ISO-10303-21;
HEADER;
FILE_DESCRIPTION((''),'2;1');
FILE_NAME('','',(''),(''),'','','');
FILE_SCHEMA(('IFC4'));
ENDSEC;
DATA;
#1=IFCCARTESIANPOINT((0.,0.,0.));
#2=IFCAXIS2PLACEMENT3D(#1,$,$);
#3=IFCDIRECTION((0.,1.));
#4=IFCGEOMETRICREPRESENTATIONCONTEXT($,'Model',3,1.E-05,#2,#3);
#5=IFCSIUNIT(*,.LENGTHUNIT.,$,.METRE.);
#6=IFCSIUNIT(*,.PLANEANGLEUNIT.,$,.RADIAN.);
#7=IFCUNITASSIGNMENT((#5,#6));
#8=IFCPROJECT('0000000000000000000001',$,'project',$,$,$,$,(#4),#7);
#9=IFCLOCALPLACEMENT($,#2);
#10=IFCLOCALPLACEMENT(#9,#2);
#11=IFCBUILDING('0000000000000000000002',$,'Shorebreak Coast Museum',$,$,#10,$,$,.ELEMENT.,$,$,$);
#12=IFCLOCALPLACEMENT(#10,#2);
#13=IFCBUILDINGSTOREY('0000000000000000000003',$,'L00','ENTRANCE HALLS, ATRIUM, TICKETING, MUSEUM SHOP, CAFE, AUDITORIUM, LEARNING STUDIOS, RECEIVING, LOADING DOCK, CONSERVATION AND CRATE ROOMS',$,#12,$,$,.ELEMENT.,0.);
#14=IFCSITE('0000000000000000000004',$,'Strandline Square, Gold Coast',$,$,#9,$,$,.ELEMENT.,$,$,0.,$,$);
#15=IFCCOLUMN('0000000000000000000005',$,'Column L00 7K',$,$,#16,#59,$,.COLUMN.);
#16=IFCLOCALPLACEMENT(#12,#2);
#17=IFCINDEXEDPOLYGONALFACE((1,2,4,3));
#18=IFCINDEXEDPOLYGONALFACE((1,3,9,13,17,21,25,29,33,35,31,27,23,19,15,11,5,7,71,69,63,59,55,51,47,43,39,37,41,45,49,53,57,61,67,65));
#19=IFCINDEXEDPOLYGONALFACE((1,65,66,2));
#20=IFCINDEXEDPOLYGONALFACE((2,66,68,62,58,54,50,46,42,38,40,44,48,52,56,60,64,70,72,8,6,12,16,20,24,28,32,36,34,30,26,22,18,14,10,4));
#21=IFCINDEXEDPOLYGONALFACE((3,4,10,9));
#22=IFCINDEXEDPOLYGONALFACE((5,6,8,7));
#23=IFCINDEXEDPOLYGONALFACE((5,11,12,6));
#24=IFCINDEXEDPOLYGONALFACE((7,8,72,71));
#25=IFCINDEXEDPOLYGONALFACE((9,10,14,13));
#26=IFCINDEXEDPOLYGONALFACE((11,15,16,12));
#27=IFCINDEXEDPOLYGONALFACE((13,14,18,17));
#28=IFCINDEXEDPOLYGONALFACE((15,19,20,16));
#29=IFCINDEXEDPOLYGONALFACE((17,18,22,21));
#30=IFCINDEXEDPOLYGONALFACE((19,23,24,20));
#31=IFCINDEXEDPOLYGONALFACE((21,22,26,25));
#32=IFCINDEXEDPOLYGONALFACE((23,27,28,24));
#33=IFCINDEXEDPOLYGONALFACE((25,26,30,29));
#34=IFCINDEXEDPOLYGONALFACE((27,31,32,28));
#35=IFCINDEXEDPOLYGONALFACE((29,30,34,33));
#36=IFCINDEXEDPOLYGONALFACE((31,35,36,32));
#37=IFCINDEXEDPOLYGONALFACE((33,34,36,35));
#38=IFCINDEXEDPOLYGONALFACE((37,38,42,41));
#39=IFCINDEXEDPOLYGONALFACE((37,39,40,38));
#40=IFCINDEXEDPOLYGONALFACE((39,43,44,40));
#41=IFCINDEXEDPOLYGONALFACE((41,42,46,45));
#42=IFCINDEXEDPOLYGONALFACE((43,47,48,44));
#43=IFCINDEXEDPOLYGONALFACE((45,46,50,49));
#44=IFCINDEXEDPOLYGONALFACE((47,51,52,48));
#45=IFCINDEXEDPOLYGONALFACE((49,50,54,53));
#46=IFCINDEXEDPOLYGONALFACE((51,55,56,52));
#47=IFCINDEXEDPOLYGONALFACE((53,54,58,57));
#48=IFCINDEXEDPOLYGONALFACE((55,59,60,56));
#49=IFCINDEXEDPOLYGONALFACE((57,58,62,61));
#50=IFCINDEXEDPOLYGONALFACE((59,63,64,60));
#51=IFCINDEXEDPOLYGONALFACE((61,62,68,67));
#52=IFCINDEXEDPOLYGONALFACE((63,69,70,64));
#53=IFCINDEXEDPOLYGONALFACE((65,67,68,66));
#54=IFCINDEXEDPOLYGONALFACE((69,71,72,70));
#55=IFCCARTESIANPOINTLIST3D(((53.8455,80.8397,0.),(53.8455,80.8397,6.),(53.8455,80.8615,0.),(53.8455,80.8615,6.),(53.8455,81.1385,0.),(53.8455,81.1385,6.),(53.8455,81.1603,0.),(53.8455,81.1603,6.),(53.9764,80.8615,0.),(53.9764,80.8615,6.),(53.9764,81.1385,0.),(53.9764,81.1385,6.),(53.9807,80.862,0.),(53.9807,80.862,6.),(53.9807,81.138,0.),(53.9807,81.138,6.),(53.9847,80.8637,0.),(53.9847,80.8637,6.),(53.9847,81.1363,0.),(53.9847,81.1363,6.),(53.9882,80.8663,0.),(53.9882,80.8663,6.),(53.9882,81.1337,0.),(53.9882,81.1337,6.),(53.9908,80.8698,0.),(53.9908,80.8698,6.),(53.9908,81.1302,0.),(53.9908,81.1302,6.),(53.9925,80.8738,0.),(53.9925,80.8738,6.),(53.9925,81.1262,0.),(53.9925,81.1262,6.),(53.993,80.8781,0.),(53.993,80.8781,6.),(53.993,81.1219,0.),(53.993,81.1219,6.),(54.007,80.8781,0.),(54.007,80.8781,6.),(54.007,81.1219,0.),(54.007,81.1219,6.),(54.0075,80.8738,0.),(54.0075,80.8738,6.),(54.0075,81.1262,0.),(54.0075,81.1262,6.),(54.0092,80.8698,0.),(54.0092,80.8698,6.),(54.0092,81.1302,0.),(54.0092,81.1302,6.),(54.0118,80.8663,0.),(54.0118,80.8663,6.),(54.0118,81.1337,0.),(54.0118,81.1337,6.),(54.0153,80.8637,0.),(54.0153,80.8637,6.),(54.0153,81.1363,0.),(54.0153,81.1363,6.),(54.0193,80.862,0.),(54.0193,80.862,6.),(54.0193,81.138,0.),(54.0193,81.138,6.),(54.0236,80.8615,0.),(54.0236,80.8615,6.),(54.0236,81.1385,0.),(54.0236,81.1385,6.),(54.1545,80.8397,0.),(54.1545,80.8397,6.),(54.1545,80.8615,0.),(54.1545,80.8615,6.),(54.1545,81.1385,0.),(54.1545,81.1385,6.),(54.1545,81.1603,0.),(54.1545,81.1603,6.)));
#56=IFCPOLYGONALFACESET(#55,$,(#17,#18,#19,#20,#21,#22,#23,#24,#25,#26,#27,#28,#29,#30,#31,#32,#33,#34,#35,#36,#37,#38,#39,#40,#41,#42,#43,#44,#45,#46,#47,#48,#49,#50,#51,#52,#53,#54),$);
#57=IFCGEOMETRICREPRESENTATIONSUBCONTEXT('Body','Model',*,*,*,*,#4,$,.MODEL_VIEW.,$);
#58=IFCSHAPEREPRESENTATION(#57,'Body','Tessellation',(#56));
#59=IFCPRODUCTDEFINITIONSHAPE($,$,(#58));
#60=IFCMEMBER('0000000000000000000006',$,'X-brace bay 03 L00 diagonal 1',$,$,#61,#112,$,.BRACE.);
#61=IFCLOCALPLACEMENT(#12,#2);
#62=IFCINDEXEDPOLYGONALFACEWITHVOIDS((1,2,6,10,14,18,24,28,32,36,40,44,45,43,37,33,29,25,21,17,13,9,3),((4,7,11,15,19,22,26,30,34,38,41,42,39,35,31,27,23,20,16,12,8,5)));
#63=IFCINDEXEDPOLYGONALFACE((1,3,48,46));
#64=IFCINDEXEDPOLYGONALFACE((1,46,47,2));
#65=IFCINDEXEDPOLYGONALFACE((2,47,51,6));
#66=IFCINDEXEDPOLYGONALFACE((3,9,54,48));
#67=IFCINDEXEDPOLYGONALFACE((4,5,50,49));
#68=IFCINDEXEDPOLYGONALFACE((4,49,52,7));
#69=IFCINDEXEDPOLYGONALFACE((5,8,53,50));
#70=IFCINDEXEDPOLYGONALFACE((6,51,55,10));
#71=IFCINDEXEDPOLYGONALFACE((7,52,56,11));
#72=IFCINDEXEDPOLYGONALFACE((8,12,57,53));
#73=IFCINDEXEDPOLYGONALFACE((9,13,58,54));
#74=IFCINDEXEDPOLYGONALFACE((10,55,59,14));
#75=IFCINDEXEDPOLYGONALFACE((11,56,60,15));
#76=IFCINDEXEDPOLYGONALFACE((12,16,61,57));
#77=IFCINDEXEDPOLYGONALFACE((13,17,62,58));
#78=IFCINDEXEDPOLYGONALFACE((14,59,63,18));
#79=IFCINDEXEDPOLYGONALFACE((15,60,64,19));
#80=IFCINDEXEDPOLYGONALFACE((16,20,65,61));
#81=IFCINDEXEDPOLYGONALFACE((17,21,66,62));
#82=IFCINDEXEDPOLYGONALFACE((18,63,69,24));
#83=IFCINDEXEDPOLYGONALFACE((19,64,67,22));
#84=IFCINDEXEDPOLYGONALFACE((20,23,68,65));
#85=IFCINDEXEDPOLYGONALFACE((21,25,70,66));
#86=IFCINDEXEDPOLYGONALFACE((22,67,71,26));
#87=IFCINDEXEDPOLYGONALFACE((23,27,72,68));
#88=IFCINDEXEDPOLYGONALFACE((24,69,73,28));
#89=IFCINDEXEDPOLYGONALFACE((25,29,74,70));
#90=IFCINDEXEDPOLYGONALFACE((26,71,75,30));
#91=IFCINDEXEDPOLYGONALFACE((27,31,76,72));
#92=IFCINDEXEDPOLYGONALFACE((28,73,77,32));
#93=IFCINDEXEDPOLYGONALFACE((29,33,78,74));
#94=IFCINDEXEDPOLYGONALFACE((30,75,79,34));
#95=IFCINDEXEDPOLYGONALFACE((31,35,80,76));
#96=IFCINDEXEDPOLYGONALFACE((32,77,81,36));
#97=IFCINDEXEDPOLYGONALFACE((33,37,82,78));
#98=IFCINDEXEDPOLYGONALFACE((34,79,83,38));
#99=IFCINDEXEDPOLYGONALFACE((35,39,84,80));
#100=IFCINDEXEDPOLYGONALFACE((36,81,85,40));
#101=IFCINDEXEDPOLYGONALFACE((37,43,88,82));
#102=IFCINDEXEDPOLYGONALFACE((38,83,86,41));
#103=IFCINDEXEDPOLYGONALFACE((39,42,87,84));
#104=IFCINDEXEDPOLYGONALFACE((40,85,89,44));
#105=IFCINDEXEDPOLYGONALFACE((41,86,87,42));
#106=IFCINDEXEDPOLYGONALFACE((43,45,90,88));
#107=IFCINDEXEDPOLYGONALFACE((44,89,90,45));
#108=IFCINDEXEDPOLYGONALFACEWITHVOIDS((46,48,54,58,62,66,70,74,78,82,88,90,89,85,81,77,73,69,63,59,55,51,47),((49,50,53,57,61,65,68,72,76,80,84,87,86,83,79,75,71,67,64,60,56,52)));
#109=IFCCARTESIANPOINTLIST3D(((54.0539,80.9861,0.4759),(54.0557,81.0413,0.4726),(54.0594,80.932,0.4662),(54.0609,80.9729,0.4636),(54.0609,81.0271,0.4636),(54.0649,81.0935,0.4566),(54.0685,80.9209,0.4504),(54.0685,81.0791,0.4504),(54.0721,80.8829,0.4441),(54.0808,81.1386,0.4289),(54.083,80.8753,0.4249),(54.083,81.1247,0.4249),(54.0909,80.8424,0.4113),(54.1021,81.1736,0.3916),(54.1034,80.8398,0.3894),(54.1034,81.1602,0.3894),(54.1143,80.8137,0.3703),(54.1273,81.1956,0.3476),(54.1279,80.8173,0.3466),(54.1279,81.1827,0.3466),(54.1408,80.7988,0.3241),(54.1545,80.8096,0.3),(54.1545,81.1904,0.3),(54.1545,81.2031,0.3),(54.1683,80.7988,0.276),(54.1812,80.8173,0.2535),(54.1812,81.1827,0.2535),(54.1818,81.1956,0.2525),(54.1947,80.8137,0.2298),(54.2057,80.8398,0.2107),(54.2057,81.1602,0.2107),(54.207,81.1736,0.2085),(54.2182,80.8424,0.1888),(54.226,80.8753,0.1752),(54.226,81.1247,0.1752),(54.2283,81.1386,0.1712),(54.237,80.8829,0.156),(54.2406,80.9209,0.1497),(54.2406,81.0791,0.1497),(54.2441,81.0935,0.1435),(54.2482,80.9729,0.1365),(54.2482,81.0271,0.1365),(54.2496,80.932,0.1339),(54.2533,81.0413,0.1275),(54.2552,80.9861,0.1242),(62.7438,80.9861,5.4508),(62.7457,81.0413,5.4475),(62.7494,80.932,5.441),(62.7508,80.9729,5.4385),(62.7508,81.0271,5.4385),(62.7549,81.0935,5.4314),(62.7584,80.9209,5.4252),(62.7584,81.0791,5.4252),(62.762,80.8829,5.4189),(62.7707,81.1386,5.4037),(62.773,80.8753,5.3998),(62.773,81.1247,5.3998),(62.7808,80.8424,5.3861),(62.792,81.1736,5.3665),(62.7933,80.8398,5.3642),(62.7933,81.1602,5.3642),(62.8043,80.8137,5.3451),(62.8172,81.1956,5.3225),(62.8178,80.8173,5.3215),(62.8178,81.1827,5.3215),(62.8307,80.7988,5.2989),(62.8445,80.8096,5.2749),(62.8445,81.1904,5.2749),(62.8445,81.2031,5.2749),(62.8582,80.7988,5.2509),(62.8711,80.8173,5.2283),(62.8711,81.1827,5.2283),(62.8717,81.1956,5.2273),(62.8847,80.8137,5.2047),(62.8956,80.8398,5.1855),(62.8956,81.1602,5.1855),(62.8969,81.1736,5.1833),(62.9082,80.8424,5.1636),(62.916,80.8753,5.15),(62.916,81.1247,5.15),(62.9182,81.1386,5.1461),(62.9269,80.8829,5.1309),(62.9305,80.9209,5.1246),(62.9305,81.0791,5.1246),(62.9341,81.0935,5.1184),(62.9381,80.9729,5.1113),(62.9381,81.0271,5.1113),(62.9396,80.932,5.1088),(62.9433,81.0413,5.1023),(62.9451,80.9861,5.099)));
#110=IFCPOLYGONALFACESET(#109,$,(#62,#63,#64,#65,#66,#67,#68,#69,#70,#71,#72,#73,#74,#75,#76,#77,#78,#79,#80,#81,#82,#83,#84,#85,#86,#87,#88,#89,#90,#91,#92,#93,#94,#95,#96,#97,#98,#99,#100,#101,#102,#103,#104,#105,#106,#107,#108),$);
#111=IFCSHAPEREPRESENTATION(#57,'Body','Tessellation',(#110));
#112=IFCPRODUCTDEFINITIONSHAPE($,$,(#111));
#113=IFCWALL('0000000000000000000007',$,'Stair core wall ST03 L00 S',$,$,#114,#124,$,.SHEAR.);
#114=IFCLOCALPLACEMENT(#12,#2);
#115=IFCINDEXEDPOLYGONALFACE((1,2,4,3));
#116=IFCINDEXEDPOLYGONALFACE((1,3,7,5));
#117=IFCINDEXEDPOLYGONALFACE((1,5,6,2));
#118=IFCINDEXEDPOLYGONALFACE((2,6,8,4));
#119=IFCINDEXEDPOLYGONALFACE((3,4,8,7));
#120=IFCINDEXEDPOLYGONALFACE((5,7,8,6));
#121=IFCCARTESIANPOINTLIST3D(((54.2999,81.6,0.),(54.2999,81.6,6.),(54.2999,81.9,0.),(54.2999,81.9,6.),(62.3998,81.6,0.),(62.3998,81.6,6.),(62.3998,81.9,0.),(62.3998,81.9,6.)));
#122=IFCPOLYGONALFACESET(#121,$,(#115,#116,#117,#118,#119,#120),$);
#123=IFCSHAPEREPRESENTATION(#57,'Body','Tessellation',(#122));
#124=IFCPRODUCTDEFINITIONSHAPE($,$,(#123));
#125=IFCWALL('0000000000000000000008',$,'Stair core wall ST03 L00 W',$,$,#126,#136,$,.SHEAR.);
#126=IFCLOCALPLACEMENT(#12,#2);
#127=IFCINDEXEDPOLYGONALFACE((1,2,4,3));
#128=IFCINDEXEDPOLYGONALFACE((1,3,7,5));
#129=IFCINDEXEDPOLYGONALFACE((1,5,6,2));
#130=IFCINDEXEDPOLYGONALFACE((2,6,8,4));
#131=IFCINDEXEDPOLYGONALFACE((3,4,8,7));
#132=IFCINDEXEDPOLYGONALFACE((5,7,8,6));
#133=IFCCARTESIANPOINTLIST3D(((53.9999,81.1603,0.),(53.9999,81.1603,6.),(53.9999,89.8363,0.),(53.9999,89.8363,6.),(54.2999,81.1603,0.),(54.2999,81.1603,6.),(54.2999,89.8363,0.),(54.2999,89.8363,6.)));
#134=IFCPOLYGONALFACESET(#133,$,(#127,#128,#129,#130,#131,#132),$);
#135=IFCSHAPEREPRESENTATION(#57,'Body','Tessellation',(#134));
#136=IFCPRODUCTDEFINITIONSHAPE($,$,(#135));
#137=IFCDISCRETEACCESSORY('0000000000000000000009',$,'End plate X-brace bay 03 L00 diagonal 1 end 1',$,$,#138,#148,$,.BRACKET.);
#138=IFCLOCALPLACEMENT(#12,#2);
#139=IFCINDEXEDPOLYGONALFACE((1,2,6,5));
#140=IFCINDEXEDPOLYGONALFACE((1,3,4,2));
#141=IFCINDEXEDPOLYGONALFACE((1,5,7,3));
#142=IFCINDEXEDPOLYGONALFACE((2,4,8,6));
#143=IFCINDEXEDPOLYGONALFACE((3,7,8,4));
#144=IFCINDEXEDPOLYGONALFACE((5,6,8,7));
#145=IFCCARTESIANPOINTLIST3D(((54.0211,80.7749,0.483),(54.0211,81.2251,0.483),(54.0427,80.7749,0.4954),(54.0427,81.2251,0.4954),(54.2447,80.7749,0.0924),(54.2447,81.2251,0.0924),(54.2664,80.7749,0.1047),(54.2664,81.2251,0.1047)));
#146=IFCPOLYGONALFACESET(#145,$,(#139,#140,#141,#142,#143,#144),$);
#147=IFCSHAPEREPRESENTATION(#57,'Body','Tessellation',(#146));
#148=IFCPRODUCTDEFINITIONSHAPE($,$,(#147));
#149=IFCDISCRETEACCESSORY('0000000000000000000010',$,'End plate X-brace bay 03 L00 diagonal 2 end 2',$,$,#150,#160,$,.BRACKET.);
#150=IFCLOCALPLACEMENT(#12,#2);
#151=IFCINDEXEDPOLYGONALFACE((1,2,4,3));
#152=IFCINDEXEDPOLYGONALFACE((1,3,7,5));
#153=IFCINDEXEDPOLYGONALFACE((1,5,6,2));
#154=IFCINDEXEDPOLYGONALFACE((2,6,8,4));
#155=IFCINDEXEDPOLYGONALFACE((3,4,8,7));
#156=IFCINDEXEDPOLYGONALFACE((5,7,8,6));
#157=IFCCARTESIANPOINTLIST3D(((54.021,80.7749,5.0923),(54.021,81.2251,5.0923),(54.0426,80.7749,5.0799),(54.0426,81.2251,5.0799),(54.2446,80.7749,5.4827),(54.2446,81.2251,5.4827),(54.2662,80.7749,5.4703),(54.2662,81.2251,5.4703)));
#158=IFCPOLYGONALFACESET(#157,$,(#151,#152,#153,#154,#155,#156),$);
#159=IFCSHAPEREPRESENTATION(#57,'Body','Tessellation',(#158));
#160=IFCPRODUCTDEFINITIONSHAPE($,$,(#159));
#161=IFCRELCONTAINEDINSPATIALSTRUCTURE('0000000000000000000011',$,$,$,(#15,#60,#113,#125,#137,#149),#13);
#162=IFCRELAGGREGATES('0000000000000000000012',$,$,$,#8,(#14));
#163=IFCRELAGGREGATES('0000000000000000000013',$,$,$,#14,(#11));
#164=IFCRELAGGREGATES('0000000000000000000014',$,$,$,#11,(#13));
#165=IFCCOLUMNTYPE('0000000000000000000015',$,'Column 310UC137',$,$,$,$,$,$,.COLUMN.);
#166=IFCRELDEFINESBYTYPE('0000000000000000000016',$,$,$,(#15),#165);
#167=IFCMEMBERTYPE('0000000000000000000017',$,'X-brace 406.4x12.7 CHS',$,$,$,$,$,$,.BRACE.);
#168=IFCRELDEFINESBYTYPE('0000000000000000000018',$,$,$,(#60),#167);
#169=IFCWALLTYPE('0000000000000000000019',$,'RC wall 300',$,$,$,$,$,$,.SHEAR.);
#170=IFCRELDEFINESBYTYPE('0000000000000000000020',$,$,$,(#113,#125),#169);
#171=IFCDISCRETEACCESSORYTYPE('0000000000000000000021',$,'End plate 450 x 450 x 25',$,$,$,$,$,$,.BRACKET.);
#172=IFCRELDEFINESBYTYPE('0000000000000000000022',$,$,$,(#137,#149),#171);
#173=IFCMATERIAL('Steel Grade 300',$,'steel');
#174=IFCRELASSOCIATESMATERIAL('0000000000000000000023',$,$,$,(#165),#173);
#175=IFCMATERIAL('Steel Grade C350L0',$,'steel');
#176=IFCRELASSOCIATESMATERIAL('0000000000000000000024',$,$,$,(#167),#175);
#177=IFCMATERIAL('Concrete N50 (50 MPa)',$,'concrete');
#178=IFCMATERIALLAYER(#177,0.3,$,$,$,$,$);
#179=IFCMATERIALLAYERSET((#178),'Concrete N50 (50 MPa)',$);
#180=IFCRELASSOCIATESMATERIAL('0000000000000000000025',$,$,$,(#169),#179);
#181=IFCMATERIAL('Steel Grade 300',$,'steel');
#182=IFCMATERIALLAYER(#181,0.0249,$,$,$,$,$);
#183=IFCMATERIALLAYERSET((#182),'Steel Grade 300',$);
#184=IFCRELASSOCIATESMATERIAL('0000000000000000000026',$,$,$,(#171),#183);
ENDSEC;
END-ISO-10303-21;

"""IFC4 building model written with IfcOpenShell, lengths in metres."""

from ifc_helpers import new_model, si_unit, direction, frame, frame_2d, origin, origin_2d, place, context, subcontext, project, spatial, polyline, rectangle, hollow_circle, i_section, outline, extrude, material, layer, layer_set, material_profile, profile_set, type_object, element, save


model = new_model("IFC4")

# Units and contexts
model_context = context("Model", 3, precision=1e-05, world=origin(), true_north=direction((0.0, 1.0)))
body_context = subcontext(model_context, "Body", "Model", "MODEL_VIEW")
ifc_project = project(units=[si_unit("LENGTHUNIT", "METRE"), si_unit("PLANEANGLEUNIT", "RADIAN")], contexts=[model_context])

# Site, building, storey
site_placement = place(None, origin())
site = spatial("IfcSite", under=ifc_project, at=site_placement, Name="Strandline Square, Gold Coast", CompositionType="ELEMENT", RefElevation=0.0)
building_placement = place(site_placement, origin())
building = spatial("IfcBuilding", under=site, at=building_placement, Name="Shorebreak Coast Museum", CompositionType="ELEMENT")
storey_placement = place(building_placement, origin())
storey = spatial("IfcBuildingStorey", under=building, at=storey_placement, Name="L00", Description="ENTRANCE HALLS, ATRIUM, TICKETING, MUSEUM SHOP, CAFE, AUDITORIUM, LEARNING STUDIOS, RECEIVING, LOADING DOCK, CONSERVATION AND CRATE ROOMS", CompositionType="ELEMENT", Elevation=0.0)

# Column
ifc_material_1 = material(Name="Steel Grade 300", Category="steel")
ifc_material_profile_1 = material_profile(ifc_material_1, i_section(OverallWidth=0.3091, OverallDepth=0.3206, WebThickness=0.0139, FlangeThickness=0.0217, FilletRadius=0.0166, at=origin_2d()), Name="310UC137")
ifc_profile_set_1 = profile_set([ifc_material_profile_1], Name="Steel Grade 300")
column_type = type_object("IfcColumnType", Name="Column 310UC137", PredefinedType="COLUMN", material=ifc_profile_set_1)
for number, where, z_axis, x_axis, name in (
    (1, (54.0, 81.0, 0.0), (0.0, 0.0, 1.0), (1.0, 0.0, 0.0), "Column L00 7K"),
):
    element("IfcColumn", number, at=place(storey_placement, frame(where, z_axis=z_axis, x_axis=x_axis)), inside=storey, type_object=column_type, Name=name, PredefinedType="COLUMN", context=body_context, shape_type="SweptSolid", body=[
        extrude(i_section(OverallWidth=0.3091, OverallDepth=0.3206, WebThickness=0.0139, FlangeThickness=0.0217, FilletRadius=0.0166, at=origin_2d()), origin(), (0.0, 0.0, 1.0), 6.0),
    ])

# Member
ifc_material_2 = material(Name="Steel Grade C350L0", Category="steel")
ifc_material_profile_2 = material_profile(ifc_material_2, hollow_circle(Radius=0.2031, WallThickness=0.0127, at=origin_2d()), Name="406.4x12.7 CHS")
ifc_profile_set_2 = profile_set([ifc_material_profile_2], Name="Steel Grade C350L0")
member_type = type_object("IfcMemberType", Name="X-brace 406.4x12.7 CHS", PredefinedType="BRACE", material=ifc_profile_set_2)
member_placement = place(storey_placement, frame((54.1545, 81.0, 0.3), z_axis=(0.867848, 0.0, 0.496829), x_axis=(0.0, 1.0, 0.0)))
element("IfcMember", 2, at=member_placement, inside=storey, type_object=member_type, Name="X-brace bay 03 L00 diagonal 1", PredefinedType="BRACE", context=body_context, shape_type="SweptSolid", body=[
    extrude(hollow_circle(Radius=0.2031, WallThickness=0.0127, at=origin_2d()), origin(), (0.0, 0.0, 1.0), 10.0132),
])

# Walls
ifc_material_3 = material(Name="Concrete N50 (50 MPa)", Category="concrete")
ifc_layer_1 = layer(ifc_material_3, 0.3)
ifc_layer_set_1 = layer_set([ifc_layer_1], Name="Concrete N50 (50 MPa)")
wall_type = type_object("IfcWallType", Name="RC wall 300", PredefinedType="SHEAR", material=ifc_layer_set_1)
wall_1_placement = place(storey_placement, frame((54.3, 81.75, 0.0), z_axis=(0.0, 0.0, 1.0), x_axis=(1.0, 0.0, 0.0)))
element("IfcWall", 3, at=wall_1_placement, inside=storey, type_object=wall_type, Name="Stair core wall ST03 L00 S", PredefinedType="SHEAR", context=body_context, shape_type="SweptSolid", body=[
    extrude(rectangle(XDim=8.0999, YDim=0.3, at=frame_2d((4.0498, 0.0))), origin(), (0.0, 0.0, 1.0), 6.0),
])
wall_2_placement = place(storey_placement, frame((54.1499, 81.1604, 0.0), z_axis=(0.0, 0.0, 1.0), x_axis=(0.0, 1.0, 0.0)))
element("IfcWall", 4, at=wall_2_placement, inside=storey, type_object=wall_type, Name="Stair core wall ST03 L00 W", PredefinedType="SHEAR", context=body_context, shape_type="SweptSolid", body=[
    extrude(rectangle(XDim=8.676, YDim=0.3, at=frame_2d((4.3379, 0.0))), origin(), (0.0, 0.0, 1.0), 6.0),
])

# Discrete accessories
ifc_material_4 = material(Name="Steel Grade 300", Category="steel")
ifc_layer_2 = layer(ifc_material_4, 0.0249)
ifc_layer_set_2 = layer_set([ifc_layer_2], Name="Steel Grade 300")
discrete_accessory_type = type_object("IfcDiscreteAccessoryType", Name="End plate 450 x 450 x 25", PredefinedType="BRACKET", material=ifc_layer_set_2)
discrete_accessory_1_placement = place(storey_placement, frame((54.2664, 80.7749, 0.1047), z_axis=(0.867842, 0.0, 0.49684), x_axis=(0.0, 1.0, 0.0)))
element("IfcDiscreteAccessory", 5, at=discrete_accessory_1_placement, inside=storey, type_object=discrete_accessory_type, Name="End plate X-brace bay 03 L00 diagonal 1 end 1", PredefinedType="BRACKET", context=body_context, shape_type="SweptSolid", body=[
    extrude(outline(polyline([(0.0, 0.0), (0.4502, 0.0), (0.4502, 0.4501), (0.0, 0.4501), (0.0, 0.0)])), origin(), (0.0, 0.0, -1.0), 0.0249),
])
discrete_accessory_2_placement = place(storey_placement, frame((54.021, 81.2251, 5.0923), z_axis=(-0.867708, 0.0, 0.497074), x_axis=(0.0, -1.0, 0.0)))
element("IfcDiscreteAccessory", 6, at=discrete_accessory_2_placement, inside=storey, type_object=discrete_accessory_type, Name="End plate X-brace bay 03 L00 diagonal 2 end 2", PredefinedType="BRACKET", context=body_context, shape_type="SweptSolid", body=[
    extrude(outline(polyline([(0.0, 0.0), (0.4502, 0.0), (0.4502, 0.4499), (0.0, 0.4499), (0.0, 0.0)])), origin(), (0.0, 0.0, -1.0), 0.0249),
])

save(model, "model.ifc")
